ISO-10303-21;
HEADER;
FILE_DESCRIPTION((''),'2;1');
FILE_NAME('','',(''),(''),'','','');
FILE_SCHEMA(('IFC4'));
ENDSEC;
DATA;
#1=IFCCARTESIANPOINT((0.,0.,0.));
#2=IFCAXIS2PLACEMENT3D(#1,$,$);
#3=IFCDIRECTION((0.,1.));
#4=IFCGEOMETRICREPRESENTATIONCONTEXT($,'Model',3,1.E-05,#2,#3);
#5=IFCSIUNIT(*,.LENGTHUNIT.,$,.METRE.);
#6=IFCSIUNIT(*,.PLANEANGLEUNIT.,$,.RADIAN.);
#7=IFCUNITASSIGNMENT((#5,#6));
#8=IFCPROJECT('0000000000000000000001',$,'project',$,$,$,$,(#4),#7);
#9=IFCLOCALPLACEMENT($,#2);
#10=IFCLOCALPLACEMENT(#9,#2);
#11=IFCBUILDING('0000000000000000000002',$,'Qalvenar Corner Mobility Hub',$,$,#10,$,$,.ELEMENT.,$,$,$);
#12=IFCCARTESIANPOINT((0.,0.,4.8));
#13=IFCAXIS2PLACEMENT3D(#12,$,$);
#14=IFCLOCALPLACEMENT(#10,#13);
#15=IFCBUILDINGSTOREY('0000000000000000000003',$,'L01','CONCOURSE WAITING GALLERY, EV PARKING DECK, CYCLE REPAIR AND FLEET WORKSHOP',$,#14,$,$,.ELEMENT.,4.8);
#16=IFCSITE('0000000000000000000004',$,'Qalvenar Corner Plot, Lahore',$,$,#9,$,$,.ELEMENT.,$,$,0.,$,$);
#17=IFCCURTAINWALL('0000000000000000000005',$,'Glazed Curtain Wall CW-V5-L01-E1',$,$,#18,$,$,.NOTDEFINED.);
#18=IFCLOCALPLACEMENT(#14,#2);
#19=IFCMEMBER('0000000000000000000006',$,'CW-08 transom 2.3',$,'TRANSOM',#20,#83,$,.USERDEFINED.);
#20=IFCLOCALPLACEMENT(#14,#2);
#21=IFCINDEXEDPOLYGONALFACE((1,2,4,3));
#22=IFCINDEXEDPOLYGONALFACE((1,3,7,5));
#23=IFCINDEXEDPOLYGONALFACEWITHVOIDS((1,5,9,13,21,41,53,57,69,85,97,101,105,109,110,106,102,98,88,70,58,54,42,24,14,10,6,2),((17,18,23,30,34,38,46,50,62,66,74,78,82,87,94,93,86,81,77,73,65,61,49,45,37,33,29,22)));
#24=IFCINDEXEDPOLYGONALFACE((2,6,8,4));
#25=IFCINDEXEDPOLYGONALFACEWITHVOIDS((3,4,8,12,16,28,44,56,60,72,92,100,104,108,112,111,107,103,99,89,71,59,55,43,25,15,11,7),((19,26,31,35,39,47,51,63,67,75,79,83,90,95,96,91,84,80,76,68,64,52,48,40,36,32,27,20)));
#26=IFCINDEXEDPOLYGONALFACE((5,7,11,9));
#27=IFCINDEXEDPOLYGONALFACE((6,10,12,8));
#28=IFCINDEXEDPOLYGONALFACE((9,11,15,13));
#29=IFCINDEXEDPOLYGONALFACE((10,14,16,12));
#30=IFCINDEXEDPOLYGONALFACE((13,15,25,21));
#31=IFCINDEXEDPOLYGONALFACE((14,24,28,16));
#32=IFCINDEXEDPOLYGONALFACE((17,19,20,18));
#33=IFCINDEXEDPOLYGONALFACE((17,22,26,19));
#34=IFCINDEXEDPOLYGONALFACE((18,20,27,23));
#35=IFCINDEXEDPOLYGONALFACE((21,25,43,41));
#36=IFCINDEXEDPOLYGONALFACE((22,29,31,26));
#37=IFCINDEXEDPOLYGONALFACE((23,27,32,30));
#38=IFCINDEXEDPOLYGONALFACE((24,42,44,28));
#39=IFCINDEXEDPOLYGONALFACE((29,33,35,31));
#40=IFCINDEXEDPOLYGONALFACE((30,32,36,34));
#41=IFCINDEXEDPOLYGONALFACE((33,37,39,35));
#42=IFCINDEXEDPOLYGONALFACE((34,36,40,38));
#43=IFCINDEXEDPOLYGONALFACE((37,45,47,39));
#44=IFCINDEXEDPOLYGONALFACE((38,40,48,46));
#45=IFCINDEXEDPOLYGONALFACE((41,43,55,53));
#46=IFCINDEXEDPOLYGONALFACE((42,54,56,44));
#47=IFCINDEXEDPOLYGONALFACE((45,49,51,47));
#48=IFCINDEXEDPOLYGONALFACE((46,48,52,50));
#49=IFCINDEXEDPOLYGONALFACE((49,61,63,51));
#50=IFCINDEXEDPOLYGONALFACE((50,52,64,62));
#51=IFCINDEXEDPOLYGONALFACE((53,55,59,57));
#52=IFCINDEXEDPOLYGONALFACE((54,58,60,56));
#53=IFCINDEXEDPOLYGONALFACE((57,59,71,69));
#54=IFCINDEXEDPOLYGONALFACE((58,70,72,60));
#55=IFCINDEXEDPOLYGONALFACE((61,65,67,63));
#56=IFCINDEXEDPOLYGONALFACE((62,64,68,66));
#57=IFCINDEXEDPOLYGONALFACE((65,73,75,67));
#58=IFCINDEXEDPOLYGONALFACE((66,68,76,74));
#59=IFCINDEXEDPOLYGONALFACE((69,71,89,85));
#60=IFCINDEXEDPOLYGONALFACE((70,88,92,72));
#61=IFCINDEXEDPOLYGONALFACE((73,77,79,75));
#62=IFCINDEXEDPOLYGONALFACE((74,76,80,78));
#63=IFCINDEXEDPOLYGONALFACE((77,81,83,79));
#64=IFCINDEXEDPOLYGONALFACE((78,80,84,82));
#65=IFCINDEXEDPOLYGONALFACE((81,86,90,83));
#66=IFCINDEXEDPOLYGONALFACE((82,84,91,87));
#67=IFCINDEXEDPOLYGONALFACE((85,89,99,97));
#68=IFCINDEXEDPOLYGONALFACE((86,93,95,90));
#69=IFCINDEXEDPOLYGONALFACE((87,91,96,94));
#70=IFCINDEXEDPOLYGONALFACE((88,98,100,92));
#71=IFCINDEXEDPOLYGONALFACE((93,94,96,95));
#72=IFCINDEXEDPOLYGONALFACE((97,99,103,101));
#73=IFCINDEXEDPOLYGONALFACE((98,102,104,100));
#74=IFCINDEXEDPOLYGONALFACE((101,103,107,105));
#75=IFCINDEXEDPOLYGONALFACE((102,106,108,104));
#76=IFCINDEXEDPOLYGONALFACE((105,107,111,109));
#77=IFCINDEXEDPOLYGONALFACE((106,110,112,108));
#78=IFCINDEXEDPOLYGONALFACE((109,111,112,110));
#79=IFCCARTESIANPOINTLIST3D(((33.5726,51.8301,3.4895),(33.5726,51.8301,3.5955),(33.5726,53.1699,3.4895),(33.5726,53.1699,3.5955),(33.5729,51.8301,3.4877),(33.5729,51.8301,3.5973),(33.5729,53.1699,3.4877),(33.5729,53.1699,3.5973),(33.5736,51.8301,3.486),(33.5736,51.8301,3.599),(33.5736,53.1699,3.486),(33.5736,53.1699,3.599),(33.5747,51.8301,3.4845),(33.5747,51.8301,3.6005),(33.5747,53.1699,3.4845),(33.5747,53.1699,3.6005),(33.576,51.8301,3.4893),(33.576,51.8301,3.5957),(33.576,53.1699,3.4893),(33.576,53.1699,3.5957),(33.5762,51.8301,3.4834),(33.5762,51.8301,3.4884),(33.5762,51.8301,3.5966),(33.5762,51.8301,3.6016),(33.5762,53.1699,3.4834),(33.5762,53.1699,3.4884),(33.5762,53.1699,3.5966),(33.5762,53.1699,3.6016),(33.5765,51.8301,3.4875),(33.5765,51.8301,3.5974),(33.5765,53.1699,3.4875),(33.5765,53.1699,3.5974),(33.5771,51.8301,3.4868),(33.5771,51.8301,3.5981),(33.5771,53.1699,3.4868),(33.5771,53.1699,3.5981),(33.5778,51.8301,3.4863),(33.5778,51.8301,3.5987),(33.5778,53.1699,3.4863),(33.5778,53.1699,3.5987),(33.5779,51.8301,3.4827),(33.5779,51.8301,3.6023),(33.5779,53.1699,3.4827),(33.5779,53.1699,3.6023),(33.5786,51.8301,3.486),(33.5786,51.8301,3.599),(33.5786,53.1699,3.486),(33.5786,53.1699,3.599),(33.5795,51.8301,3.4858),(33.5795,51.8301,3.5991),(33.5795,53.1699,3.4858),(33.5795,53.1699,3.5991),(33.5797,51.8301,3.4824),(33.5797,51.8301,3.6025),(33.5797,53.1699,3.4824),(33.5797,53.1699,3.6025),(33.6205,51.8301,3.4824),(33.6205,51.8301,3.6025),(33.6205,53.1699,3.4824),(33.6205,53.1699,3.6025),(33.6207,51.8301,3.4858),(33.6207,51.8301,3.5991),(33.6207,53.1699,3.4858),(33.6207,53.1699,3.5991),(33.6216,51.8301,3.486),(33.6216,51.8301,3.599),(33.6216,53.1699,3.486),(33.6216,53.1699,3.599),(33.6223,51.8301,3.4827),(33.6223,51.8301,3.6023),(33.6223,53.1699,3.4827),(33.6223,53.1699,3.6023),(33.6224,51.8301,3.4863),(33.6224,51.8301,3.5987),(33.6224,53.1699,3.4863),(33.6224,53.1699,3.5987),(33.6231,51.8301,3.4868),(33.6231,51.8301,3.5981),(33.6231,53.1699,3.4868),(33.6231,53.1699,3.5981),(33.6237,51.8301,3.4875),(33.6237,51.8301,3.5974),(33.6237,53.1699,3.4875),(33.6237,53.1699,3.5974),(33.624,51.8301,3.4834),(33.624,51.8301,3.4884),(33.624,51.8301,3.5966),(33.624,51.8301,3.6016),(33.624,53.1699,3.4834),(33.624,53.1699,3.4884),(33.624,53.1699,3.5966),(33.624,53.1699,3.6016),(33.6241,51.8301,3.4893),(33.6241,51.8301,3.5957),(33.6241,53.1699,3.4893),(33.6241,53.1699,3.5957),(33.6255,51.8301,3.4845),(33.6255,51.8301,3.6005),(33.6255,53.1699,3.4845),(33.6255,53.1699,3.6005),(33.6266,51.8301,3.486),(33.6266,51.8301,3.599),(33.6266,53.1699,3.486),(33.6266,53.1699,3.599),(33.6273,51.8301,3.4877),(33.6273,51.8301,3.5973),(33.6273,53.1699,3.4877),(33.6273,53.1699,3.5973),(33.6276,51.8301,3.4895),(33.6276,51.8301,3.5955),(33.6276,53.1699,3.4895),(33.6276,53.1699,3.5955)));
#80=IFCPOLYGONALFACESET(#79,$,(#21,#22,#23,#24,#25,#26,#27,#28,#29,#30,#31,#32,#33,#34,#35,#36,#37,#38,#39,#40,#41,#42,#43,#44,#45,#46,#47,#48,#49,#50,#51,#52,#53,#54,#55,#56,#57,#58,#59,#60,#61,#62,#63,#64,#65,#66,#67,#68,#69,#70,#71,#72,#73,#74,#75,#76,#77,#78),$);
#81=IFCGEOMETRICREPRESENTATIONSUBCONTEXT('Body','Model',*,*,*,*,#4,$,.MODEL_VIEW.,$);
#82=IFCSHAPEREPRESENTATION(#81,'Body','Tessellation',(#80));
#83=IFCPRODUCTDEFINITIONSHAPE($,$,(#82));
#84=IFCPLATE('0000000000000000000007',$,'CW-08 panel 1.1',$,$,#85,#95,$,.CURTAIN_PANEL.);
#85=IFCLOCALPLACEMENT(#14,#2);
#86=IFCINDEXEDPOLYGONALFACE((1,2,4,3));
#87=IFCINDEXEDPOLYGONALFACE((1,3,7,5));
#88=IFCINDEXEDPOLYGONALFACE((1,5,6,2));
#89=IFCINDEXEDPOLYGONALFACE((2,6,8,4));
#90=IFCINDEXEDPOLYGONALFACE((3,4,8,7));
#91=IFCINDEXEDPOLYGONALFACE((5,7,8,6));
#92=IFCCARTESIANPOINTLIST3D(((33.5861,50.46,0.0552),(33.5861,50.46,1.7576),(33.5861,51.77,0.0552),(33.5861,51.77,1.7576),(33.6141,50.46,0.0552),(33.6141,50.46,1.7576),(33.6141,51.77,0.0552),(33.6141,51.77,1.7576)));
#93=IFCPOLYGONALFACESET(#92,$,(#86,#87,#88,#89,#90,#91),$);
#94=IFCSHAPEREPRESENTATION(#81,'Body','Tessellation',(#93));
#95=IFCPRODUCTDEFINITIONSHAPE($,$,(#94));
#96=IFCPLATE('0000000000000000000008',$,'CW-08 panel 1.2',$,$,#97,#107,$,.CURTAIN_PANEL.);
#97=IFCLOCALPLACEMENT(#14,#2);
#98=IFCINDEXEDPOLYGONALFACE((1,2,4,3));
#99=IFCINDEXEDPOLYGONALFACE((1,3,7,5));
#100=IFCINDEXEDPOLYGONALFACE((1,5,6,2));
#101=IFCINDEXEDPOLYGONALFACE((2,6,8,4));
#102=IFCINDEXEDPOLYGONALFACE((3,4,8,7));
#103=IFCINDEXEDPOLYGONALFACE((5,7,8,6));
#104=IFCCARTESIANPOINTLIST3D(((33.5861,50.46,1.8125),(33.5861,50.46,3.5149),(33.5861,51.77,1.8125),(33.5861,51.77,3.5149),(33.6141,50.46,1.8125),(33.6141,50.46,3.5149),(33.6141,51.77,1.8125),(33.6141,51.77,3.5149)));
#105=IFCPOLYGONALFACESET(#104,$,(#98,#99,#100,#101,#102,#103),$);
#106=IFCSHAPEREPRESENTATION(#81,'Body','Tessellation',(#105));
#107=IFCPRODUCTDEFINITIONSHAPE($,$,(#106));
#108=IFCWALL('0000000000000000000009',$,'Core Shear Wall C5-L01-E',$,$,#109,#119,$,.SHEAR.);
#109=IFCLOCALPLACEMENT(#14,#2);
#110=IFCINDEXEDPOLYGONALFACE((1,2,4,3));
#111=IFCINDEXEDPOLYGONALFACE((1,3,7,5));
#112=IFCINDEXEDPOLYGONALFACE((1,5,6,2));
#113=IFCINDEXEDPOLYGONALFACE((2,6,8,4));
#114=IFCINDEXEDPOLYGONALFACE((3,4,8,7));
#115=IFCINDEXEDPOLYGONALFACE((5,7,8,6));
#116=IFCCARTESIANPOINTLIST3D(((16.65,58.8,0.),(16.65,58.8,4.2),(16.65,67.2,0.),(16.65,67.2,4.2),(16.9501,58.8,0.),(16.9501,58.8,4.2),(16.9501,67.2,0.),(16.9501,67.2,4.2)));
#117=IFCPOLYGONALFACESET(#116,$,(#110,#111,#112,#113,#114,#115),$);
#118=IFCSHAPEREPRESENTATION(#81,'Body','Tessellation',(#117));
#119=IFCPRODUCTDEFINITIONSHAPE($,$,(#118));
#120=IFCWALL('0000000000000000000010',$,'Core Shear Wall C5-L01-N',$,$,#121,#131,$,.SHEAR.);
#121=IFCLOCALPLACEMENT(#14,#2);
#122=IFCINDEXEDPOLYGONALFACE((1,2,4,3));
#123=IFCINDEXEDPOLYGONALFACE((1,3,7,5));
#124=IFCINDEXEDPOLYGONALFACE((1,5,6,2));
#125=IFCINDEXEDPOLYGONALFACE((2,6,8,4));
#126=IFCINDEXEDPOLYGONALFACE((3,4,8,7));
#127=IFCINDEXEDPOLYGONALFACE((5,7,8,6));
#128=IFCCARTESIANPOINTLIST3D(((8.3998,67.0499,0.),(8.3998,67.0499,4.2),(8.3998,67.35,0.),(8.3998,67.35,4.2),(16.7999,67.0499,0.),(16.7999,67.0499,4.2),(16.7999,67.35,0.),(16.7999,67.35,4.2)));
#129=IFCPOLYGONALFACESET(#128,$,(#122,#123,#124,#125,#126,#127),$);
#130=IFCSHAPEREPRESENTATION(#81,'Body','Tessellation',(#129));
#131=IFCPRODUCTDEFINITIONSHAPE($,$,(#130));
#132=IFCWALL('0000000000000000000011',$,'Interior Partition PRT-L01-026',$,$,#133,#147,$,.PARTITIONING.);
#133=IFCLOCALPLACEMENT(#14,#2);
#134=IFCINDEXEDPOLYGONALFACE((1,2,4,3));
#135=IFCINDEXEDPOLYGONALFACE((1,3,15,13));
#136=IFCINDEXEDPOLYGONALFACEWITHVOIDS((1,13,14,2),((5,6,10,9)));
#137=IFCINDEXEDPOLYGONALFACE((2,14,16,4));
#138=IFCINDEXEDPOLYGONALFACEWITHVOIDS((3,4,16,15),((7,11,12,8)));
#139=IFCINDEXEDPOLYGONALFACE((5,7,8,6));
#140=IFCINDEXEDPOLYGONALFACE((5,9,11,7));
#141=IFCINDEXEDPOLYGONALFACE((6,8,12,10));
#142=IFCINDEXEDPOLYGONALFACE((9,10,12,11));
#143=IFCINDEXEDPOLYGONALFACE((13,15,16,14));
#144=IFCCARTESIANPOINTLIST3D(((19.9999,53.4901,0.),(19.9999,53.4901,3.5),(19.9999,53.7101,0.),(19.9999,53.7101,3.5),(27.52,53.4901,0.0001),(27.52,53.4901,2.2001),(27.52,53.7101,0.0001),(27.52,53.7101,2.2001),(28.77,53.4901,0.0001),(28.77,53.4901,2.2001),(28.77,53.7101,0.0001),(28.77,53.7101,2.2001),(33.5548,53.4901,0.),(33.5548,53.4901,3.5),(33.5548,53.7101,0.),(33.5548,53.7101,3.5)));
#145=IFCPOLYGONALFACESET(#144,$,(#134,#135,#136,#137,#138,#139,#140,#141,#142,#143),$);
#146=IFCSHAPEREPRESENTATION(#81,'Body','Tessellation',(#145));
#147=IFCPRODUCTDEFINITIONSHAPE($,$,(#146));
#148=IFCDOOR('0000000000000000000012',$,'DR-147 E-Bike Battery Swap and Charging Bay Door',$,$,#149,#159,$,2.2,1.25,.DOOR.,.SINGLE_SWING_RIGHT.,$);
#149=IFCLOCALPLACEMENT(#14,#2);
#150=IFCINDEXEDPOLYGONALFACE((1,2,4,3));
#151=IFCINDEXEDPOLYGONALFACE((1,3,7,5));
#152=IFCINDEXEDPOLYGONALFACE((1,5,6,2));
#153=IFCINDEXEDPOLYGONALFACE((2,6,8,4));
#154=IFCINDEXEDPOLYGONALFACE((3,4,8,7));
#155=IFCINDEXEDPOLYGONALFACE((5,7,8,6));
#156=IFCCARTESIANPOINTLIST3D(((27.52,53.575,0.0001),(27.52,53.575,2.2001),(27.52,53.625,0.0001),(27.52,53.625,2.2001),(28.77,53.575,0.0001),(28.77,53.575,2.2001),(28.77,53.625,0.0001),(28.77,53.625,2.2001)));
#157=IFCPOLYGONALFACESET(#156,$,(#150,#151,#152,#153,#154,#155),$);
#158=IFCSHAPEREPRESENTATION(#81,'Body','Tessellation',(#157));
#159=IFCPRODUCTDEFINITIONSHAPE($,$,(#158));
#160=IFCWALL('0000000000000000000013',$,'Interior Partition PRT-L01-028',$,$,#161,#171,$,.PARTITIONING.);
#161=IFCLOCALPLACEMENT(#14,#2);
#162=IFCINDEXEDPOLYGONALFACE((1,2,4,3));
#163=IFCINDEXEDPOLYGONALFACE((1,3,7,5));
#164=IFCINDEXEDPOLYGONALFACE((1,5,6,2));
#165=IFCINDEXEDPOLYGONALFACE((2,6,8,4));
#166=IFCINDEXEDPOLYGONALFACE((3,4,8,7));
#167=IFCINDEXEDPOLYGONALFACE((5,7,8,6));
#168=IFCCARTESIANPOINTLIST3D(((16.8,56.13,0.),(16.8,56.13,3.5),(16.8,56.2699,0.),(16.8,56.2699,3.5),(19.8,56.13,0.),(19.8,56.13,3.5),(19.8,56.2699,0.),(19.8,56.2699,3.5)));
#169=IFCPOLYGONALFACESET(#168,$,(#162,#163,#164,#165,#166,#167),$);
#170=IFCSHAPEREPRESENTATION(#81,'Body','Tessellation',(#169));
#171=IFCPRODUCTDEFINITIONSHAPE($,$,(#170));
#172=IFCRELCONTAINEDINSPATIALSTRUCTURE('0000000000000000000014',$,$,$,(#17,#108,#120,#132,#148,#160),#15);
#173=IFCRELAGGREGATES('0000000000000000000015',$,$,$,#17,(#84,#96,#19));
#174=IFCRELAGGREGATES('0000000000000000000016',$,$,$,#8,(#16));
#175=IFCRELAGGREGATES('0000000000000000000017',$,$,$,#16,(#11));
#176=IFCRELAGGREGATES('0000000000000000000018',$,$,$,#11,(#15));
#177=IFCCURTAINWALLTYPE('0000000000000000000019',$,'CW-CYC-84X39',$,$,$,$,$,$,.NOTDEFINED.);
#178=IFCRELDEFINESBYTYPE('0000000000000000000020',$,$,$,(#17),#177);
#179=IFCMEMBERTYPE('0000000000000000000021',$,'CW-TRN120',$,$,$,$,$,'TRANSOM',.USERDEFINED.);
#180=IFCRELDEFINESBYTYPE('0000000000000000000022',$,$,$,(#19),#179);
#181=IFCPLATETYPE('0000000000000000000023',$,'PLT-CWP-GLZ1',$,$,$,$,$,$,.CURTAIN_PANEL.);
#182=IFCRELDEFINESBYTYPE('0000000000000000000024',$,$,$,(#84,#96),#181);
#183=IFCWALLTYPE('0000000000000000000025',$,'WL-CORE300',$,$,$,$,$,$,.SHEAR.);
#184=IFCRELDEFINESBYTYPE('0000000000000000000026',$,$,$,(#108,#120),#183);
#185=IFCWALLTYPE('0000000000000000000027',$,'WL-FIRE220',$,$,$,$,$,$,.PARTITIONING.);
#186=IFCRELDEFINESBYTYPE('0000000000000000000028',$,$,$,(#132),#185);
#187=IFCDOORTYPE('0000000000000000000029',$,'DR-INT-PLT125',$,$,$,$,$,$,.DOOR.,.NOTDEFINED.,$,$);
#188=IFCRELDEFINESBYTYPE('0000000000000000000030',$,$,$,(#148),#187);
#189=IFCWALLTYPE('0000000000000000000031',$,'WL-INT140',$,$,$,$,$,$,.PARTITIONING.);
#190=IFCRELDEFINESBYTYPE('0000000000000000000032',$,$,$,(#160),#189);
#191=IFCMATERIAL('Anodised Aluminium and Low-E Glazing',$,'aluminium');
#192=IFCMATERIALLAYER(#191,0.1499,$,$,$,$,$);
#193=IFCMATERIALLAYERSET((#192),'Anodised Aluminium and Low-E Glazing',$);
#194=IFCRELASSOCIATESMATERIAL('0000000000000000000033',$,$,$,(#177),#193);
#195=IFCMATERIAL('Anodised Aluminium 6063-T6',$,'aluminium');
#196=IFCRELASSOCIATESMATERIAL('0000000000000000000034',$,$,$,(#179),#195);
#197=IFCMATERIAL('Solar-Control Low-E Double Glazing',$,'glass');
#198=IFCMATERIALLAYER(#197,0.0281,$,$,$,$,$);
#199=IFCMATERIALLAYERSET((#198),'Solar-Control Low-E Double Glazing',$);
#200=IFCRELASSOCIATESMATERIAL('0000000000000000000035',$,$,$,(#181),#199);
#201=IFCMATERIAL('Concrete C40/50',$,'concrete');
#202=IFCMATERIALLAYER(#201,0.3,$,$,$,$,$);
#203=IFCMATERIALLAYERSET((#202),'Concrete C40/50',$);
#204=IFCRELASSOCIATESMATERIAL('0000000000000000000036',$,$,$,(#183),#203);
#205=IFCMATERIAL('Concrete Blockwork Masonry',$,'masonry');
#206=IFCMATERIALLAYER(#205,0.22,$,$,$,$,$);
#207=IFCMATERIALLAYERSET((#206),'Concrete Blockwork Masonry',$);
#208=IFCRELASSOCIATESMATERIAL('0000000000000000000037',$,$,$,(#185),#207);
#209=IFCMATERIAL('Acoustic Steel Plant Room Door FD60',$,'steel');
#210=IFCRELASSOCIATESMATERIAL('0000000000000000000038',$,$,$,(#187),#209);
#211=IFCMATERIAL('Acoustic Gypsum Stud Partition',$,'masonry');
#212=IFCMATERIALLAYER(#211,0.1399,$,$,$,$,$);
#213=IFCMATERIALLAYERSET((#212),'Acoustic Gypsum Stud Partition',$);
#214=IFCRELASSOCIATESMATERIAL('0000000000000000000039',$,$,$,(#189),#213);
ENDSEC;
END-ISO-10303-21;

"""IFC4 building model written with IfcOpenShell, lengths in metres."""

from ifc_helpers import new_model, si_unit, direction, frame, frame_2d, origin, origin_2d, place, context, subcontext, project, spatial, rectangle, hollow_rectangle, extrude, material, layer, layer_set, material_profile, profile_set, type_object, element, fill, aggregate, save


model = new_model("IFC4")

# Units and contexts
model_context = context("Model", 3, precision=1e-05, world=origin(), true_north=direction((0.0, 1.0)))
body_context = subcontext(model_context, "Body", "Model", "MODEL_VIEW")
ifc_project = project(units=[si_unit("LENGTHUNIT", "METRE"), si_unit("PLANEANGLEUNIT", "RADIAN")], contexts=[model_context])

# Site, building, storey
site_placement = place(None, origin())
site = spatial("IfcSite", under=ifc_project, at=site_placement, Name="Qalvenar Corner Plot, Lahore", CompositionType="ELEMENT", RefElevation=0.0)
building_placement = place(site_placement, origin())
building = spatial("IfcBuilding", under=site, at=building_placement, Name="Qalvenar Corner Mobility Hub", CompositionType="ELEMENT")
storey_placement = place(building_placement, frame((0.0, 0.0, 4.8)))
storey = spatial("IfcBuildingStorey", under=building, at=storey_placement, Name="L01", Description="CONCOURSE WAITING GALLERY, EV PARKING DECK, CYCLE REPAIR AND FLEET WORKSHOP", CompositionType="ELEMENT", Elevation=4.8)

# Curtain wall, member, plates
ifc_material_1 = material(Name="Anodised Aluminium and Low-E Glazing", Category="aluminium")
ifc_layer_1 = layer(ifc_material_1, 0.1499)
ifc_layer_set_1 = layer_set([ifc_layer_1], Name="Anodised Aluminium and Low-E Glazing")
curtain_wall_type = type_object("IfcCurtainWallType", Name="CW-CYC-84X39", PredefinedType="NOTDEFINED", material=ifc_layer_set_1)
curtain_wall_placement = place(storey_placement, origin())
curtain_wall = element("IfcCurtainWall", 1, at=curtain_wall_placement, inside=storey, type_object=curtain_wall_type, Name="Glazed Curtain Wall CW-V5-L01-E1", PredefinedType="NOTDEFINED")
ifc_material_2 = material(Name="Anodised Aluminium 6063-T6", Category="aluminium")
ifc_material_profile_1 = material_profile(ifc_material_2, hollow_rectangle(XDim=0.0549, YDim=0.1201, WallThickness=0.0034, InnerFilletRadius=0.0034, OuterFilletRadius=0.0071, at=origin_2d()), Name="RHS120x55x3.5")
ifc_profile_set_1 = profile_set([ifc_material_profile_1], Name="Anodised Aluminium 6063-T6")
member_type_1 = type_object("IfcMemberType", Name="CW-TRN120", ElementType="TRANSOM", PredefinedType="USERDEFINED", material=ifc_profile_set_1)
member_1_placement = place(storey_placement, frame((33.6001, 51.8301, 3.5425), z_axis=(0.0, 1.0, 0.0), x_axis=(-1.0, 0.0, 0.0)))
member_1 = element("IfcMember", 2, at=member_1_placement, type_object=member_type_1, Name="CW-08 transom 2.3", ObjectType="TRANSOM", PredefinedType="USERDEFINED", context=body_context, shape_type="SweptSolid", body=[
    extrude(hollow_rectangle(XDim=0.0549, YDim=0.1201, WallThickness=0.0034, InnerFilletRadius=0.0034, OuterFilletRadius=0.0071, at=origin_2d()), origin(), (0.0, 0.0, 1.0), 1.3398),
])
ifc_material_3 = material(Name="Solar-Control Low-E Double Glazing", Category="glass")
ifc_layer_2 = layer(ifc_material_3, 0.0281)
ifc_layer_set_2 = layer_set([ifc_layer_2], Name="Solar-Control Low-E Double Glazing")
plate_type = type_object("IfcPlateType", Name="PLT-CWP-GLZ1", PredefinedType="CURTAIN_PANEL", material=ifc_layer_set_2)
plate_1_placement = place(storey_placement, frame((33.6001, 51.115, 0.0552), z_axis=(0.0, 0.0, 1.0), x_axis=(0.0, 1.0, 0.0)))
plate_1 = element("IfcPlate", 3, at=plate_1_placement, type_object=plate_type, Name="CW-08 panel 1.1", PredefinedType="CURTAIN_PANEL", context=body_context, shape_type="SweptSolid", body=[
    extrude(rectangle(XDim=1.3101, YDim=0.0281, at=origin_2d()), origin(), (0.0, 0.0, 1.0), 1.7024),
])
plate_2_placement = place(storey_placement, frame((33.6001, 51.115, 1.8125), z_axis=(0.0, 0.0, 1.0), x_axis=(0.0, 1.0, 0.0)))
plate_2 = element("IfcPlate", 4, at=plate_2_placement, type_object=plate_type, Name="CW-08 panel 1.2", PredefinedType="CURTAIN_PANEL", context=body_context, shape_type="SweptSolid", body=[
    extrude(rectangle(XDim=1.3101, YDim=0.0281, at=origin_2d()), origin(), (0.0, 0.0, 1.0), 1.7024),
])
aggregate(curtain_wall, [plate_1, plate_2, member_1])

# Walls
ifc_material_4 = material(Name="Concrete C40/50", Category="concrete")
ifc_layer_3 = layer(ifc_material_4, 0.3)
ifc_layer_set_3 = layer_set([ifc_layer_3], Name="Concrete C40/50")
wall_type_1 = type_object("IfcWallType", Name="WL-CORE300", PredefinedType="SHEAR", material=ifc_layer_set_3)
wall_1_placement = place(storey_placement, frame((16.8, 58.8, 0.0), z_axis=(0.0, 0.0, 1.0), x_axis=(0.0, 1.0, 0.0)))
element("IfcWall", 5, at=wall_1_placement, inside=storey, type_object=wall_type_1, Name="Core Shear Wall C5-L01-E", PredefinedType="SHEAR", context=body_context, shape_type="SweptSolid", body=[
    extrude(rectangle(XDim=8.3999, YDim=0.3, at=frame_2d((4.2, 0.0))), origin(), (0.0, 0.0, 1.0), 4.2),
])
wall_2_placement = place(storey_placement, frame((16.8, 67.2, 0.0), z_axis=(0.0, 0.0, 1.0), x_axis=(-1.0, 0.0, 0.0)))
element("IfcWall", 6, at=wall_2_placement, inside=storey, type_object=wall_type_1, Name="Core Shear Wall C5-L01-N", PredefinedType="SHEAR", context=body_context, shape_type="SweptSolid", body=[
    extrude(rectangle(XDim=8.4001, YDim=0.3, at=frame_2d((4.2002, 0.0))), origin(), (0.0, 0.0, 1.0), 4.2),
])

# Wall, opening, door
ifc_material_5 = material(Name="Concrete Blockwork Masonry", Category="masonry")
ifc_layer_4 = layer(ifc_material_5, 0.22)
ifc_layer_set_4 = layer_set([ifc_layer_4], Name="Concrete Blockwork Masonry")
wall_type_2 = type_object("IfcWallType", Name="WL-FIRE220", PredefinedType="PARTITIONING", material=ifc_layer_set_4)
wall_3_placement = place(storey_placement, frame((20.0, 53.6001, 0.0), z_axis=(0.0, 0.0, 1.0), x_axis=(1.0, 0.0, 0.0)))
wall_3 = element("IfcWall", 7, at=wall_3_placement, inside=storey, type_object=wall_type_2, Name="Interior Partition PRT-L01-026", PredefinedType="PARTITIONING", context=body_context, shape_type="SweptSolid", body=[
    extrude(rectangle(XDim=13.5549, YDim=0.22, at=frame_2d((6.7773, 0.0))), origin(), (0.0, 0.0, 1.0), 3.5),
])
opening_1_placement = place(wall_3_placement, frame((7.52, 0.0, 0.0)))
opening_1 = element("IfcOpeningElement", 8, at=opening_1_placement, cuts=wall_3, PredefinedType="OPENING", context=body_context, shape_type="SweptSolid", body=[
    extrude(rectangle(XDim=1.25, YDim=2.2, at=frame_2d((0.625, 1.1001))), frame((0.0, 0.1201, 0.0), z_axis=(0.0, -1.0, 0.0), x_axis=(1.0, 0.0, 0.0)), (0.0, 0.0, 1.0), 0.24),
])
ifc_material_6 = material(Name="Acoustic Steel Plant Room Door FD60", Category="steel")
door_type_1 = type_object("IfcDoorType", Name="DR-INT-PLT125", OperationType="NOTDEFINED", PredefinedType="DOOR", material=ifc_material_6)
door_1_placement = place(opening_1_placement, origin())
door_1 = element("IfcDoor", 9, at=door_1_placement, inside=storey, type_object=door_type_1, Name="DR-147 E-Bike Battery Swap and Charging Bay Door", OperationType="SINGLE_SWING_RIGHT", OverallHeight=2.2, OverallWidth=1.25, PredefinedType="DOOR", context=body_context, shape_type="SweptSolid", body=[
    extrude(rectangle(XDim=1.25, YDim=2.2, at=frame_2d((0.625, 1.1001))), frame((0.0, 0.0249, 0.0), z_axis=(0.0, -1.0, 0.0), x_axis=(1.0, 0.0, 0.0)), (0.0, 0.0, 1.0), 0.05),
])
fill(opening_1, door_1)

# Wall
ifc_material_7 = material(Name="Acoustic Gypsum Stud Partition", Category="masonry")
ifc_layer_5 = layer(ifc_material_7, 0.1399)
ifc_layer_set_5 = layer_set([ifc_layer_5], Name="Acoustic Gypsum Stud Partition")
wall_type_3 = type_object("IfcWallType", Name="WL-INT140", PredefinedType="PARTITIONING", material=ifc_layer_set_5)
wall_4_placement = place(storey_placement, frame((16.8, 56.2, 0.0), z_axis=(0.0, 0.0, 1.0), x_axis=(1.0, 0.0, 0.0)))
element("IfcWall", 10, at=wall_4_placement, inside=storey, type_object=wall_type_3, Name="Interior Partition PRT-L01-028", PredefinedType="PARTITIONING", context=body_context, shape_type="SweptSolid", body=[
    extrude(rectangle(XDim=3.0, YDim=0.1399, at=frame_2d((1.5, 0.0))), origin(), (0.0, 0.0, 1.0), 3.5),
])

save(model, "model.ifc")
